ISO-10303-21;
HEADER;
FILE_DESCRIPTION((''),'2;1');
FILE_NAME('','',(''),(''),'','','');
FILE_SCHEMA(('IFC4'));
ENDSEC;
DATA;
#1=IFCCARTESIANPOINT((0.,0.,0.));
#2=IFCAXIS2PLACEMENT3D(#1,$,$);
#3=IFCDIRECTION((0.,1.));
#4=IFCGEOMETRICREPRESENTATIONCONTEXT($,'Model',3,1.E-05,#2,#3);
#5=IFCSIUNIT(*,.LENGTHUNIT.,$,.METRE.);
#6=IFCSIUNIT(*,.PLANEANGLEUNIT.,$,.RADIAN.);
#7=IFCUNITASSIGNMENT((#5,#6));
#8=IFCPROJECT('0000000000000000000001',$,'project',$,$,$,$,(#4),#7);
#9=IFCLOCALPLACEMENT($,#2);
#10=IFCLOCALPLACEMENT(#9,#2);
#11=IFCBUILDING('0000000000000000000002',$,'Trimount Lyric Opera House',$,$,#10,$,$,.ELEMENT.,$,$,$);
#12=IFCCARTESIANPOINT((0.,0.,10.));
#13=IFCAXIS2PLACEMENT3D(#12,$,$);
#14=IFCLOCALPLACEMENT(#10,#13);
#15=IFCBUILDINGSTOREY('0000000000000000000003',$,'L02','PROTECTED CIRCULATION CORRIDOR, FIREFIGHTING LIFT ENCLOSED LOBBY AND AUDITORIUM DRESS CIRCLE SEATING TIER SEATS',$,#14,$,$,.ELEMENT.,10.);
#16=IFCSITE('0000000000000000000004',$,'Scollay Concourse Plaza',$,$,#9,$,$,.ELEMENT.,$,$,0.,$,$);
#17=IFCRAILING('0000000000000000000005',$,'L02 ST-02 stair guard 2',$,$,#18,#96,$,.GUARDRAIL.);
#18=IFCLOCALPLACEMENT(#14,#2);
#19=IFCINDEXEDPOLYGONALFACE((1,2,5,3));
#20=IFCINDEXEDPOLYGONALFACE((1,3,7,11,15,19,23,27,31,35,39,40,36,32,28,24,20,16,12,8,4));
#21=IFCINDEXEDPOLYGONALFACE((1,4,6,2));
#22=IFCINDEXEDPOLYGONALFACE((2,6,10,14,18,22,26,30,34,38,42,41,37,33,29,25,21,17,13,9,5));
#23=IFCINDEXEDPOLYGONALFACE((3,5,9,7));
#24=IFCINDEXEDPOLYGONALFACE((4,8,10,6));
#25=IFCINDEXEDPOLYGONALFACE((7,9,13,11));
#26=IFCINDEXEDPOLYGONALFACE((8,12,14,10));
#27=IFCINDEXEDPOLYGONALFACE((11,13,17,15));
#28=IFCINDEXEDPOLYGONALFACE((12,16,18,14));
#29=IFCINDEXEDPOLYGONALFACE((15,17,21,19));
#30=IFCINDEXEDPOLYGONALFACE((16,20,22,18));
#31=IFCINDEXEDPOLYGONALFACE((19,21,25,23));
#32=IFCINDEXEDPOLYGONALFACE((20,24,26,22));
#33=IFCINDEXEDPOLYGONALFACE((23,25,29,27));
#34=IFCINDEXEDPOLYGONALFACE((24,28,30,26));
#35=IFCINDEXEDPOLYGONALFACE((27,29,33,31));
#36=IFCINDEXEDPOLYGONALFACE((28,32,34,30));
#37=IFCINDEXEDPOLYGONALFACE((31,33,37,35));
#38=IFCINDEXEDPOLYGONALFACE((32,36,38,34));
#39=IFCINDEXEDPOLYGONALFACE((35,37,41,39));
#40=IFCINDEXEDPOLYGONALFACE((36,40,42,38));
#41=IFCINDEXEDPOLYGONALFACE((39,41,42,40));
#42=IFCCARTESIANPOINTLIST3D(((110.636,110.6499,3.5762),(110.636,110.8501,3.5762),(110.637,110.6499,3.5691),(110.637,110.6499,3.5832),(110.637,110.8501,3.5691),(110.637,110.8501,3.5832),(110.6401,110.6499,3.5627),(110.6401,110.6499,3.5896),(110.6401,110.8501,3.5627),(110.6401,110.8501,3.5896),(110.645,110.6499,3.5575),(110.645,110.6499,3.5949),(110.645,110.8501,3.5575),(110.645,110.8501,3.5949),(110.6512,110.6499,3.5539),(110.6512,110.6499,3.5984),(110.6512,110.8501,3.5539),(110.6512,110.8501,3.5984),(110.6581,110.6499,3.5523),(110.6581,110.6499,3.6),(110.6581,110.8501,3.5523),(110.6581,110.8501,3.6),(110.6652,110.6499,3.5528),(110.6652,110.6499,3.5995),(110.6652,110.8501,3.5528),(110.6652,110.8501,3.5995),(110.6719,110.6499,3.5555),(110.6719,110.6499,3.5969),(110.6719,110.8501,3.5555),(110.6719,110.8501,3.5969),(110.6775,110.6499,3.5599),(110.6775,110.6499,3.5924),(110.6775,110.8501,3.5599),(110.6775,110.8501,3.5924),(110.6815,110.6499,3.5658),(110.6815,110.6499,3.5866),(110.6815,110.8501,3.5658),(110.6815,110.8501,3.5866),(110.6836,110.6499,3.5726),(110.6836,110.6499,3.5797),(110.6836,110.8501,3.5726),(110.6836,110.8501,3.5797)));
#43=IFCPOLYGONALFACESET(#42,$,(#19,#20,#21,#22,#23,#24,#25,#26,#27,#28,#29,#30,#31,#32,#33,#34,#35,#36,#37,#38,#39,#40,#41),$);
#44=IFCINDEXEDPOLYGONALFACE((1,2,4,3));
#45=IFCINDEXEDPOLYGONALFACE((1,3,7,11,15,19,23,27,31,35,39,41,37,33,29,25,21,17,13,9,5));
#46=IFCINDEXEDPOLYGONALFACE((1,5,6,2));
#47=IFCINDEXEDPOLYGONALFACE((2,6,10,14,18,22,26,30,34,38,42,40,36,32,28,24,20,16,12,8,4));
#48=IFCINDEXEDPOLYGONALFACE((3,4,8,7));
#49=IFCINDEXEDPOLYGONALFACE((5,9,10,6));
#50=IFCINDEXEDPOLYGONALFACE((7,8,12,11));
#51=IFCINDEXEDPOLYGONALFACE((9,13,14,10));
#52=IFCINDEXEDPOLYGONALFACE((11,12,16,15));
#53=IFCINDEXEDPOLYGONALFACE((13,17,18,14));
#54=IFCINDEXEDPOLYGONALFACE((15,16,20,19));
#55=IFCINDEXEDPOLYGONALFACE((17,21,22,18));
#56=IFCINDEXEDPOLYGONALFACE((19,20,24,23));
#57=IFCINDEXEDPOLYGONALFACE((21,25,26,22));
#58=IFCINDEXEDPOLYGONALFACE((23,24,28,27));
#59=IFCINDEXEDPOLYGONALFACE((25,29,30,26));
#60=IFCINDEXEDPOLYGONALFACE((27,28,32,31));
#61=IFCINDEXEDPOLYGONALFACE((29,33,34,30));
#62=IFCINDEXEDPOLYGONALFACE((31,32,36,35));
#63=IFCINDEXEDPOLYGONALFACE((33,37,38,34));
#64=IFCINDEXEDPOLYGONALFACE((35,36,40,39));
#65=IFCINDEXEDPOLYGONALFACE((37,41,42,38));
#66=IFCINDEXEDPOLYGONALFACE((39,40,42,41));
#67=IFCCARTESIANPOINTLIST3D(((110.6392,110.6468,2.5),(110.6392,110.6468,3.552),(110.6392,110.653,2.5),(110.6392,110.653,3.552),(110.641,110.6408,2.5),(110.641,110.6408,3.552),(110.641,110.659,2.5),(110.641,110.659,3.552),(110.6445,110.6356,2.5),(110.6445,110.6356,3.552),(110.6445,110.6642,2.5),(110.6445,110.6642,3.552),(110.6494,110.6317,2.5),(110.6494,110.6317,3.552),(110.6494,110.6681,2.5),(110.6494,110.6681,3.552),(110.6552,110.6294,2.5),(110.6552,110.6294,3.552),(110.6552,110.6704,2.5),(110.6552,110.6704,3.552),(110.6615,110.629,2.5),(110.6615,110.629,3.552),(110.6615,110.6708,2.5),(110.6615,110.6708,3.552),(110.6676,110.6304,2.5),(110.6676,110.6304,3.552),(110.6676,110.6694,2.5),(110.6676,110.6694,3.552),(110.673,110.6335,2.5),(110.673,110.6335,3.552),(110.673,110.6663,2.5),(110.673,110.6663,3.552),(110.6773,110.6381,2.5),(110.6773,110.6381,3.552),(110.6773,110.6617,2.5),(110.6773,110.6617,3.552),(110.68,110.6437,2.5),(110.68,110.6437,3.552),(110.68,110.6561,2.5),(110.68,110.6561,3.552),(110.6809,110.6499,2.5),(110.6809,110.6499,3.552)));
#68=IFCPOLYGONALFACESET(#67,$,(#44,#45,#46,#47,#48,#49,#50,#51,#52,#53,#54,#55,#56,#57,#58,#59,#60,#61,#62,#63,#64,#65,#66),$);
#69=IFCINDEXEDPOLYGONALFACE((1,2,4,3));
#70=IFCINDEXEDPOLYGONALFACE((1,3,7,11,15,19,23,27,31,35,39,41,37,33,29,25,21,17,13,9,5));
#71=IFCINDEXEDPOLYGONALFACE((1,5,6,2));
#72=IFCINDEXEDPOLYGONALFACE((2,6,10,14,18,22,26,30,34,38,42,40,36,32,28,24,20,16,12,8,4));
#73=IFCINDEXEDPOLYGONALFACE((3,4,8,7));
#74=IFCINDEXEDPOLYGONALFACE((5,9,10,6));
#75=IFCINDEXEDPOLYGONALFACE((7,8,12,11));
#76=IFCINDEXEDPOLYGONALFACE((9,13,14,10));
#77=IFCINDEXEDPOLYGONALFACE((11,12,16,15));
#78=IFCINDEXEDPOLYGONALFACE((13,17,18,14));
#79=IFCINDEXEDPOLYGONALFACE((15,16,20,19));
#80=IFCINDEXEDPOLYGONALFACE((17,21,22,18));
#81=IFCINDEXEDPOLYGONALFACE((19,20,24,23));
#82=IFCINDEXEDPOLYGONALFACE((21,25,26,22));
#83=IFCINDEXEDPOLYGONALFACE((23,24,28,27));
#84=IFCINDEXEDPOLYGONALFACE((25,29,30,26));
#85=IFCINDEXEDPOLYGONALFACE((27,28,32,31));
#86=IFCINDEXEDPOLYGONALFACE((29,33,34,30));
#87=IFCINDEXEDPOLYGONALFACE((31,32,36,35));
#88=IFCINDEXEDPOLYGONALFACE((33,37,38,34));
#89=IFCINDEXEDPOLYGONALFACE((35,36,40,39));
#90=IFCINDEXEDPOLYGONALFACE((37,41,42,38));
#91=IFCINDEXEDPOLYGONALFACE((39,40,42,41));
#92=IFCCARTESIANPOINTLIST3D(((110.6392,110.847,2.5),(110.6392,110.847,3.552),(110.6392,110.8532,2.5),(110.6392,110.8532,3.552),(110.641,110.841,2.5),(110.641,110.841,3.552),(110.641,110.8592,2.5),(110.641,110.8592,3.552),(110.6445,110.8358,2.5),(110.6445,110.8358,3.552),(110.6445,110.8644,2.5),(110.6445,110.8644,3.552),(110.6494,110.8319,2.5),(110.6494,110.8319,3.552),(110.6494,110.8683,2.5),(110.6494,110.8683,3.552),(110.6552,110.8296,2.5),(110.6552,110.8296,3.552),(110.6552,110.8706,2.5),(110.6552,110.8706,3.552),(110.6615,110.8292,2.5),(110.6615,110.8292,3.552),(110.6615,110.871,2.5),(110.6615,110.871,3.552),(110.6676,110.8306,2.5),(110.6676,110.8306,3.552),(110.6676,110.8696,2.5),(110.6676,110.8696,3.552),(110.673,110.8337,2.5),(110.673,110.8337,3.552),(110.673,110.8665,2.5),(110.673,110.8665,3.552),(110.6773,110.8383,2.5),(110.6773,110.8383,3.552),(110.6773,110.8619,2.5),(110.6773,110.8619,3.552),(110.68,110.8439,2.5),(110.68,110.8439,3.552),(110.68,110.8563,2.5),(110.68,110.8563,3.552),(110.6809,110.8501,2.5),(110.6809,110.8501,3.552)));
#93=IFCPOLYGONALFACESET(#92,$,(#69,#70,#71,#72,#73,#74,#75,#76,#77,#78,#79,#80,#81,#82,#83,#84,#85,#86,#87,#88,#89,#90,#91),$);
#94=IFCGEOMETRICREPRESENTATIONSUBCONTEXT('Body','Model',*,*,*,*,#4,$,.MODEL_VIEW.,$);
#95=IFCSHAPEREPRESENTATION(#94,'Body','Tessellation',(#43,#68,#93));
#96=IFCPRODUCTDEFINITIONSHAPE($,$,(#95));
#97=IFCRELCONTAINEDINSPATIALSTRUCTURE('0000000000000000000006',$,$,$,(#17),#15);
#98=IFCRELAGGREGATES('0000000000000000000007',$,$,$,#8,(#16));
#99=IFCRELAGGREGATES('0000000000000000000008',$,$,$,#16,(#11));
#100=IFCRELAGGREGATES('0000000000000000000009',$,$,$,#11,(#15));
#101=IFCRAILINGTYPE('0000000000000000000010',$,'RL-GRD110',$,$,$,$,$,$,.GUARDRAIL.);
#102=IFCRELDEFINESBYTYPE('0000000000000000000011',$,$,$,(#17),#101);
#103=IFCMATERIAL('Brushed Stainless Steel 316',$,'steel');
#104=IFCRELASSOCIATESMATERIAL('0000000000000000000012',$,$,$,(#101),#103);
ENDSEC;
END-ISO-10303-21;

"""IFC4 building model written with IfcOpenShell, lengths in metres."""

from ifc_helpers import new_model, si_unit, direction, frame, origin, origin_2d, place, context, subcontext, project, spatial, circle, extrude, material, type_object, element, save


model = new_model("IFC4")

# Units and contexts
model_context = context("Model", 3, precision=1e-05, world=origin(), true_north=direction((0.0, 1.0)))
body_context = subcontext(model_context, "Body", "Model", "MODEL_VIEW")
ifc_project = project(units=[si_unit("LENGTHUNIT", "METRE"), si_unit("PLANEANGLEUNIT", "RADIAN")], contexts=[model_context])

# Site, building, storey
site_placement = place(None, origin())
site = spatial("IfcSite", under=ifc_project, at=site_placement, Name="Scollay Concourse Plaza", CompositionType="ELEMENT", RefElevation=0.0)
building_placement = place(site_placement, origin())
building = spatial("IfcBuilding", under=site, at=building_placement, Name="Trimount Lyric Opera House", CompositionType="ELEMENT")
storey_placement = place(building_placement, frame((0.0, 0.0, 10.0)))
storey = spatial("IfcBuildingStorey", under=building, at=storey_placement, Name="L02", Description="PROTECTED CIRCULATION CORRIDOR, FIREFIGHTING LIFT ENCLOSED LOBBY AND AUDITORIUM DRESS CIRCLE SEATING TIER SEATS", CompositionType="ELEMENT", Elevation=10.0)

# Railing
ifc_material_1 = material(Name="Brushed Stainless Steel 316", Category="steel")
railing_type_1 = type_object("IfcRailingType", Name="RL-GRD110", PredefinedType="GUARDRAIL", material=ifc_material_1)
railing_1_placement = place(storey_placement, frame((110.6599, 110.6499, 2.5)))
element("IfcRailing", 1, at=railing_1_placement, inside=storey, type_object=railing_type_1, Name="L02 ST-02 stair guard 2", PredefinedType="GUARDRAIL", context=body_context, shape_type="SweptSolid", body=[
    extrude(circle(Radius=0.0239, at=origin_2d()), frame((0.0, 0.0, 1.0762), z_axis=(0.0, 1.0, 0.0), x_axis=(-1.0, 0.0, 0.0)), (0.0, 0.0, 1.0), 0.2002),
    extrude(circle(Radius=0.021, at=origin_2d()), origin(), (0.0, 0.0, 1.0), 1.052),
    extrude(circle(Radius=0.021, at=origin_2d()), frame((0.0, 0.2002, 0.0)), (0.0, 0.0, 1.0), 1.052),
])

save(model, "model.ifc")
